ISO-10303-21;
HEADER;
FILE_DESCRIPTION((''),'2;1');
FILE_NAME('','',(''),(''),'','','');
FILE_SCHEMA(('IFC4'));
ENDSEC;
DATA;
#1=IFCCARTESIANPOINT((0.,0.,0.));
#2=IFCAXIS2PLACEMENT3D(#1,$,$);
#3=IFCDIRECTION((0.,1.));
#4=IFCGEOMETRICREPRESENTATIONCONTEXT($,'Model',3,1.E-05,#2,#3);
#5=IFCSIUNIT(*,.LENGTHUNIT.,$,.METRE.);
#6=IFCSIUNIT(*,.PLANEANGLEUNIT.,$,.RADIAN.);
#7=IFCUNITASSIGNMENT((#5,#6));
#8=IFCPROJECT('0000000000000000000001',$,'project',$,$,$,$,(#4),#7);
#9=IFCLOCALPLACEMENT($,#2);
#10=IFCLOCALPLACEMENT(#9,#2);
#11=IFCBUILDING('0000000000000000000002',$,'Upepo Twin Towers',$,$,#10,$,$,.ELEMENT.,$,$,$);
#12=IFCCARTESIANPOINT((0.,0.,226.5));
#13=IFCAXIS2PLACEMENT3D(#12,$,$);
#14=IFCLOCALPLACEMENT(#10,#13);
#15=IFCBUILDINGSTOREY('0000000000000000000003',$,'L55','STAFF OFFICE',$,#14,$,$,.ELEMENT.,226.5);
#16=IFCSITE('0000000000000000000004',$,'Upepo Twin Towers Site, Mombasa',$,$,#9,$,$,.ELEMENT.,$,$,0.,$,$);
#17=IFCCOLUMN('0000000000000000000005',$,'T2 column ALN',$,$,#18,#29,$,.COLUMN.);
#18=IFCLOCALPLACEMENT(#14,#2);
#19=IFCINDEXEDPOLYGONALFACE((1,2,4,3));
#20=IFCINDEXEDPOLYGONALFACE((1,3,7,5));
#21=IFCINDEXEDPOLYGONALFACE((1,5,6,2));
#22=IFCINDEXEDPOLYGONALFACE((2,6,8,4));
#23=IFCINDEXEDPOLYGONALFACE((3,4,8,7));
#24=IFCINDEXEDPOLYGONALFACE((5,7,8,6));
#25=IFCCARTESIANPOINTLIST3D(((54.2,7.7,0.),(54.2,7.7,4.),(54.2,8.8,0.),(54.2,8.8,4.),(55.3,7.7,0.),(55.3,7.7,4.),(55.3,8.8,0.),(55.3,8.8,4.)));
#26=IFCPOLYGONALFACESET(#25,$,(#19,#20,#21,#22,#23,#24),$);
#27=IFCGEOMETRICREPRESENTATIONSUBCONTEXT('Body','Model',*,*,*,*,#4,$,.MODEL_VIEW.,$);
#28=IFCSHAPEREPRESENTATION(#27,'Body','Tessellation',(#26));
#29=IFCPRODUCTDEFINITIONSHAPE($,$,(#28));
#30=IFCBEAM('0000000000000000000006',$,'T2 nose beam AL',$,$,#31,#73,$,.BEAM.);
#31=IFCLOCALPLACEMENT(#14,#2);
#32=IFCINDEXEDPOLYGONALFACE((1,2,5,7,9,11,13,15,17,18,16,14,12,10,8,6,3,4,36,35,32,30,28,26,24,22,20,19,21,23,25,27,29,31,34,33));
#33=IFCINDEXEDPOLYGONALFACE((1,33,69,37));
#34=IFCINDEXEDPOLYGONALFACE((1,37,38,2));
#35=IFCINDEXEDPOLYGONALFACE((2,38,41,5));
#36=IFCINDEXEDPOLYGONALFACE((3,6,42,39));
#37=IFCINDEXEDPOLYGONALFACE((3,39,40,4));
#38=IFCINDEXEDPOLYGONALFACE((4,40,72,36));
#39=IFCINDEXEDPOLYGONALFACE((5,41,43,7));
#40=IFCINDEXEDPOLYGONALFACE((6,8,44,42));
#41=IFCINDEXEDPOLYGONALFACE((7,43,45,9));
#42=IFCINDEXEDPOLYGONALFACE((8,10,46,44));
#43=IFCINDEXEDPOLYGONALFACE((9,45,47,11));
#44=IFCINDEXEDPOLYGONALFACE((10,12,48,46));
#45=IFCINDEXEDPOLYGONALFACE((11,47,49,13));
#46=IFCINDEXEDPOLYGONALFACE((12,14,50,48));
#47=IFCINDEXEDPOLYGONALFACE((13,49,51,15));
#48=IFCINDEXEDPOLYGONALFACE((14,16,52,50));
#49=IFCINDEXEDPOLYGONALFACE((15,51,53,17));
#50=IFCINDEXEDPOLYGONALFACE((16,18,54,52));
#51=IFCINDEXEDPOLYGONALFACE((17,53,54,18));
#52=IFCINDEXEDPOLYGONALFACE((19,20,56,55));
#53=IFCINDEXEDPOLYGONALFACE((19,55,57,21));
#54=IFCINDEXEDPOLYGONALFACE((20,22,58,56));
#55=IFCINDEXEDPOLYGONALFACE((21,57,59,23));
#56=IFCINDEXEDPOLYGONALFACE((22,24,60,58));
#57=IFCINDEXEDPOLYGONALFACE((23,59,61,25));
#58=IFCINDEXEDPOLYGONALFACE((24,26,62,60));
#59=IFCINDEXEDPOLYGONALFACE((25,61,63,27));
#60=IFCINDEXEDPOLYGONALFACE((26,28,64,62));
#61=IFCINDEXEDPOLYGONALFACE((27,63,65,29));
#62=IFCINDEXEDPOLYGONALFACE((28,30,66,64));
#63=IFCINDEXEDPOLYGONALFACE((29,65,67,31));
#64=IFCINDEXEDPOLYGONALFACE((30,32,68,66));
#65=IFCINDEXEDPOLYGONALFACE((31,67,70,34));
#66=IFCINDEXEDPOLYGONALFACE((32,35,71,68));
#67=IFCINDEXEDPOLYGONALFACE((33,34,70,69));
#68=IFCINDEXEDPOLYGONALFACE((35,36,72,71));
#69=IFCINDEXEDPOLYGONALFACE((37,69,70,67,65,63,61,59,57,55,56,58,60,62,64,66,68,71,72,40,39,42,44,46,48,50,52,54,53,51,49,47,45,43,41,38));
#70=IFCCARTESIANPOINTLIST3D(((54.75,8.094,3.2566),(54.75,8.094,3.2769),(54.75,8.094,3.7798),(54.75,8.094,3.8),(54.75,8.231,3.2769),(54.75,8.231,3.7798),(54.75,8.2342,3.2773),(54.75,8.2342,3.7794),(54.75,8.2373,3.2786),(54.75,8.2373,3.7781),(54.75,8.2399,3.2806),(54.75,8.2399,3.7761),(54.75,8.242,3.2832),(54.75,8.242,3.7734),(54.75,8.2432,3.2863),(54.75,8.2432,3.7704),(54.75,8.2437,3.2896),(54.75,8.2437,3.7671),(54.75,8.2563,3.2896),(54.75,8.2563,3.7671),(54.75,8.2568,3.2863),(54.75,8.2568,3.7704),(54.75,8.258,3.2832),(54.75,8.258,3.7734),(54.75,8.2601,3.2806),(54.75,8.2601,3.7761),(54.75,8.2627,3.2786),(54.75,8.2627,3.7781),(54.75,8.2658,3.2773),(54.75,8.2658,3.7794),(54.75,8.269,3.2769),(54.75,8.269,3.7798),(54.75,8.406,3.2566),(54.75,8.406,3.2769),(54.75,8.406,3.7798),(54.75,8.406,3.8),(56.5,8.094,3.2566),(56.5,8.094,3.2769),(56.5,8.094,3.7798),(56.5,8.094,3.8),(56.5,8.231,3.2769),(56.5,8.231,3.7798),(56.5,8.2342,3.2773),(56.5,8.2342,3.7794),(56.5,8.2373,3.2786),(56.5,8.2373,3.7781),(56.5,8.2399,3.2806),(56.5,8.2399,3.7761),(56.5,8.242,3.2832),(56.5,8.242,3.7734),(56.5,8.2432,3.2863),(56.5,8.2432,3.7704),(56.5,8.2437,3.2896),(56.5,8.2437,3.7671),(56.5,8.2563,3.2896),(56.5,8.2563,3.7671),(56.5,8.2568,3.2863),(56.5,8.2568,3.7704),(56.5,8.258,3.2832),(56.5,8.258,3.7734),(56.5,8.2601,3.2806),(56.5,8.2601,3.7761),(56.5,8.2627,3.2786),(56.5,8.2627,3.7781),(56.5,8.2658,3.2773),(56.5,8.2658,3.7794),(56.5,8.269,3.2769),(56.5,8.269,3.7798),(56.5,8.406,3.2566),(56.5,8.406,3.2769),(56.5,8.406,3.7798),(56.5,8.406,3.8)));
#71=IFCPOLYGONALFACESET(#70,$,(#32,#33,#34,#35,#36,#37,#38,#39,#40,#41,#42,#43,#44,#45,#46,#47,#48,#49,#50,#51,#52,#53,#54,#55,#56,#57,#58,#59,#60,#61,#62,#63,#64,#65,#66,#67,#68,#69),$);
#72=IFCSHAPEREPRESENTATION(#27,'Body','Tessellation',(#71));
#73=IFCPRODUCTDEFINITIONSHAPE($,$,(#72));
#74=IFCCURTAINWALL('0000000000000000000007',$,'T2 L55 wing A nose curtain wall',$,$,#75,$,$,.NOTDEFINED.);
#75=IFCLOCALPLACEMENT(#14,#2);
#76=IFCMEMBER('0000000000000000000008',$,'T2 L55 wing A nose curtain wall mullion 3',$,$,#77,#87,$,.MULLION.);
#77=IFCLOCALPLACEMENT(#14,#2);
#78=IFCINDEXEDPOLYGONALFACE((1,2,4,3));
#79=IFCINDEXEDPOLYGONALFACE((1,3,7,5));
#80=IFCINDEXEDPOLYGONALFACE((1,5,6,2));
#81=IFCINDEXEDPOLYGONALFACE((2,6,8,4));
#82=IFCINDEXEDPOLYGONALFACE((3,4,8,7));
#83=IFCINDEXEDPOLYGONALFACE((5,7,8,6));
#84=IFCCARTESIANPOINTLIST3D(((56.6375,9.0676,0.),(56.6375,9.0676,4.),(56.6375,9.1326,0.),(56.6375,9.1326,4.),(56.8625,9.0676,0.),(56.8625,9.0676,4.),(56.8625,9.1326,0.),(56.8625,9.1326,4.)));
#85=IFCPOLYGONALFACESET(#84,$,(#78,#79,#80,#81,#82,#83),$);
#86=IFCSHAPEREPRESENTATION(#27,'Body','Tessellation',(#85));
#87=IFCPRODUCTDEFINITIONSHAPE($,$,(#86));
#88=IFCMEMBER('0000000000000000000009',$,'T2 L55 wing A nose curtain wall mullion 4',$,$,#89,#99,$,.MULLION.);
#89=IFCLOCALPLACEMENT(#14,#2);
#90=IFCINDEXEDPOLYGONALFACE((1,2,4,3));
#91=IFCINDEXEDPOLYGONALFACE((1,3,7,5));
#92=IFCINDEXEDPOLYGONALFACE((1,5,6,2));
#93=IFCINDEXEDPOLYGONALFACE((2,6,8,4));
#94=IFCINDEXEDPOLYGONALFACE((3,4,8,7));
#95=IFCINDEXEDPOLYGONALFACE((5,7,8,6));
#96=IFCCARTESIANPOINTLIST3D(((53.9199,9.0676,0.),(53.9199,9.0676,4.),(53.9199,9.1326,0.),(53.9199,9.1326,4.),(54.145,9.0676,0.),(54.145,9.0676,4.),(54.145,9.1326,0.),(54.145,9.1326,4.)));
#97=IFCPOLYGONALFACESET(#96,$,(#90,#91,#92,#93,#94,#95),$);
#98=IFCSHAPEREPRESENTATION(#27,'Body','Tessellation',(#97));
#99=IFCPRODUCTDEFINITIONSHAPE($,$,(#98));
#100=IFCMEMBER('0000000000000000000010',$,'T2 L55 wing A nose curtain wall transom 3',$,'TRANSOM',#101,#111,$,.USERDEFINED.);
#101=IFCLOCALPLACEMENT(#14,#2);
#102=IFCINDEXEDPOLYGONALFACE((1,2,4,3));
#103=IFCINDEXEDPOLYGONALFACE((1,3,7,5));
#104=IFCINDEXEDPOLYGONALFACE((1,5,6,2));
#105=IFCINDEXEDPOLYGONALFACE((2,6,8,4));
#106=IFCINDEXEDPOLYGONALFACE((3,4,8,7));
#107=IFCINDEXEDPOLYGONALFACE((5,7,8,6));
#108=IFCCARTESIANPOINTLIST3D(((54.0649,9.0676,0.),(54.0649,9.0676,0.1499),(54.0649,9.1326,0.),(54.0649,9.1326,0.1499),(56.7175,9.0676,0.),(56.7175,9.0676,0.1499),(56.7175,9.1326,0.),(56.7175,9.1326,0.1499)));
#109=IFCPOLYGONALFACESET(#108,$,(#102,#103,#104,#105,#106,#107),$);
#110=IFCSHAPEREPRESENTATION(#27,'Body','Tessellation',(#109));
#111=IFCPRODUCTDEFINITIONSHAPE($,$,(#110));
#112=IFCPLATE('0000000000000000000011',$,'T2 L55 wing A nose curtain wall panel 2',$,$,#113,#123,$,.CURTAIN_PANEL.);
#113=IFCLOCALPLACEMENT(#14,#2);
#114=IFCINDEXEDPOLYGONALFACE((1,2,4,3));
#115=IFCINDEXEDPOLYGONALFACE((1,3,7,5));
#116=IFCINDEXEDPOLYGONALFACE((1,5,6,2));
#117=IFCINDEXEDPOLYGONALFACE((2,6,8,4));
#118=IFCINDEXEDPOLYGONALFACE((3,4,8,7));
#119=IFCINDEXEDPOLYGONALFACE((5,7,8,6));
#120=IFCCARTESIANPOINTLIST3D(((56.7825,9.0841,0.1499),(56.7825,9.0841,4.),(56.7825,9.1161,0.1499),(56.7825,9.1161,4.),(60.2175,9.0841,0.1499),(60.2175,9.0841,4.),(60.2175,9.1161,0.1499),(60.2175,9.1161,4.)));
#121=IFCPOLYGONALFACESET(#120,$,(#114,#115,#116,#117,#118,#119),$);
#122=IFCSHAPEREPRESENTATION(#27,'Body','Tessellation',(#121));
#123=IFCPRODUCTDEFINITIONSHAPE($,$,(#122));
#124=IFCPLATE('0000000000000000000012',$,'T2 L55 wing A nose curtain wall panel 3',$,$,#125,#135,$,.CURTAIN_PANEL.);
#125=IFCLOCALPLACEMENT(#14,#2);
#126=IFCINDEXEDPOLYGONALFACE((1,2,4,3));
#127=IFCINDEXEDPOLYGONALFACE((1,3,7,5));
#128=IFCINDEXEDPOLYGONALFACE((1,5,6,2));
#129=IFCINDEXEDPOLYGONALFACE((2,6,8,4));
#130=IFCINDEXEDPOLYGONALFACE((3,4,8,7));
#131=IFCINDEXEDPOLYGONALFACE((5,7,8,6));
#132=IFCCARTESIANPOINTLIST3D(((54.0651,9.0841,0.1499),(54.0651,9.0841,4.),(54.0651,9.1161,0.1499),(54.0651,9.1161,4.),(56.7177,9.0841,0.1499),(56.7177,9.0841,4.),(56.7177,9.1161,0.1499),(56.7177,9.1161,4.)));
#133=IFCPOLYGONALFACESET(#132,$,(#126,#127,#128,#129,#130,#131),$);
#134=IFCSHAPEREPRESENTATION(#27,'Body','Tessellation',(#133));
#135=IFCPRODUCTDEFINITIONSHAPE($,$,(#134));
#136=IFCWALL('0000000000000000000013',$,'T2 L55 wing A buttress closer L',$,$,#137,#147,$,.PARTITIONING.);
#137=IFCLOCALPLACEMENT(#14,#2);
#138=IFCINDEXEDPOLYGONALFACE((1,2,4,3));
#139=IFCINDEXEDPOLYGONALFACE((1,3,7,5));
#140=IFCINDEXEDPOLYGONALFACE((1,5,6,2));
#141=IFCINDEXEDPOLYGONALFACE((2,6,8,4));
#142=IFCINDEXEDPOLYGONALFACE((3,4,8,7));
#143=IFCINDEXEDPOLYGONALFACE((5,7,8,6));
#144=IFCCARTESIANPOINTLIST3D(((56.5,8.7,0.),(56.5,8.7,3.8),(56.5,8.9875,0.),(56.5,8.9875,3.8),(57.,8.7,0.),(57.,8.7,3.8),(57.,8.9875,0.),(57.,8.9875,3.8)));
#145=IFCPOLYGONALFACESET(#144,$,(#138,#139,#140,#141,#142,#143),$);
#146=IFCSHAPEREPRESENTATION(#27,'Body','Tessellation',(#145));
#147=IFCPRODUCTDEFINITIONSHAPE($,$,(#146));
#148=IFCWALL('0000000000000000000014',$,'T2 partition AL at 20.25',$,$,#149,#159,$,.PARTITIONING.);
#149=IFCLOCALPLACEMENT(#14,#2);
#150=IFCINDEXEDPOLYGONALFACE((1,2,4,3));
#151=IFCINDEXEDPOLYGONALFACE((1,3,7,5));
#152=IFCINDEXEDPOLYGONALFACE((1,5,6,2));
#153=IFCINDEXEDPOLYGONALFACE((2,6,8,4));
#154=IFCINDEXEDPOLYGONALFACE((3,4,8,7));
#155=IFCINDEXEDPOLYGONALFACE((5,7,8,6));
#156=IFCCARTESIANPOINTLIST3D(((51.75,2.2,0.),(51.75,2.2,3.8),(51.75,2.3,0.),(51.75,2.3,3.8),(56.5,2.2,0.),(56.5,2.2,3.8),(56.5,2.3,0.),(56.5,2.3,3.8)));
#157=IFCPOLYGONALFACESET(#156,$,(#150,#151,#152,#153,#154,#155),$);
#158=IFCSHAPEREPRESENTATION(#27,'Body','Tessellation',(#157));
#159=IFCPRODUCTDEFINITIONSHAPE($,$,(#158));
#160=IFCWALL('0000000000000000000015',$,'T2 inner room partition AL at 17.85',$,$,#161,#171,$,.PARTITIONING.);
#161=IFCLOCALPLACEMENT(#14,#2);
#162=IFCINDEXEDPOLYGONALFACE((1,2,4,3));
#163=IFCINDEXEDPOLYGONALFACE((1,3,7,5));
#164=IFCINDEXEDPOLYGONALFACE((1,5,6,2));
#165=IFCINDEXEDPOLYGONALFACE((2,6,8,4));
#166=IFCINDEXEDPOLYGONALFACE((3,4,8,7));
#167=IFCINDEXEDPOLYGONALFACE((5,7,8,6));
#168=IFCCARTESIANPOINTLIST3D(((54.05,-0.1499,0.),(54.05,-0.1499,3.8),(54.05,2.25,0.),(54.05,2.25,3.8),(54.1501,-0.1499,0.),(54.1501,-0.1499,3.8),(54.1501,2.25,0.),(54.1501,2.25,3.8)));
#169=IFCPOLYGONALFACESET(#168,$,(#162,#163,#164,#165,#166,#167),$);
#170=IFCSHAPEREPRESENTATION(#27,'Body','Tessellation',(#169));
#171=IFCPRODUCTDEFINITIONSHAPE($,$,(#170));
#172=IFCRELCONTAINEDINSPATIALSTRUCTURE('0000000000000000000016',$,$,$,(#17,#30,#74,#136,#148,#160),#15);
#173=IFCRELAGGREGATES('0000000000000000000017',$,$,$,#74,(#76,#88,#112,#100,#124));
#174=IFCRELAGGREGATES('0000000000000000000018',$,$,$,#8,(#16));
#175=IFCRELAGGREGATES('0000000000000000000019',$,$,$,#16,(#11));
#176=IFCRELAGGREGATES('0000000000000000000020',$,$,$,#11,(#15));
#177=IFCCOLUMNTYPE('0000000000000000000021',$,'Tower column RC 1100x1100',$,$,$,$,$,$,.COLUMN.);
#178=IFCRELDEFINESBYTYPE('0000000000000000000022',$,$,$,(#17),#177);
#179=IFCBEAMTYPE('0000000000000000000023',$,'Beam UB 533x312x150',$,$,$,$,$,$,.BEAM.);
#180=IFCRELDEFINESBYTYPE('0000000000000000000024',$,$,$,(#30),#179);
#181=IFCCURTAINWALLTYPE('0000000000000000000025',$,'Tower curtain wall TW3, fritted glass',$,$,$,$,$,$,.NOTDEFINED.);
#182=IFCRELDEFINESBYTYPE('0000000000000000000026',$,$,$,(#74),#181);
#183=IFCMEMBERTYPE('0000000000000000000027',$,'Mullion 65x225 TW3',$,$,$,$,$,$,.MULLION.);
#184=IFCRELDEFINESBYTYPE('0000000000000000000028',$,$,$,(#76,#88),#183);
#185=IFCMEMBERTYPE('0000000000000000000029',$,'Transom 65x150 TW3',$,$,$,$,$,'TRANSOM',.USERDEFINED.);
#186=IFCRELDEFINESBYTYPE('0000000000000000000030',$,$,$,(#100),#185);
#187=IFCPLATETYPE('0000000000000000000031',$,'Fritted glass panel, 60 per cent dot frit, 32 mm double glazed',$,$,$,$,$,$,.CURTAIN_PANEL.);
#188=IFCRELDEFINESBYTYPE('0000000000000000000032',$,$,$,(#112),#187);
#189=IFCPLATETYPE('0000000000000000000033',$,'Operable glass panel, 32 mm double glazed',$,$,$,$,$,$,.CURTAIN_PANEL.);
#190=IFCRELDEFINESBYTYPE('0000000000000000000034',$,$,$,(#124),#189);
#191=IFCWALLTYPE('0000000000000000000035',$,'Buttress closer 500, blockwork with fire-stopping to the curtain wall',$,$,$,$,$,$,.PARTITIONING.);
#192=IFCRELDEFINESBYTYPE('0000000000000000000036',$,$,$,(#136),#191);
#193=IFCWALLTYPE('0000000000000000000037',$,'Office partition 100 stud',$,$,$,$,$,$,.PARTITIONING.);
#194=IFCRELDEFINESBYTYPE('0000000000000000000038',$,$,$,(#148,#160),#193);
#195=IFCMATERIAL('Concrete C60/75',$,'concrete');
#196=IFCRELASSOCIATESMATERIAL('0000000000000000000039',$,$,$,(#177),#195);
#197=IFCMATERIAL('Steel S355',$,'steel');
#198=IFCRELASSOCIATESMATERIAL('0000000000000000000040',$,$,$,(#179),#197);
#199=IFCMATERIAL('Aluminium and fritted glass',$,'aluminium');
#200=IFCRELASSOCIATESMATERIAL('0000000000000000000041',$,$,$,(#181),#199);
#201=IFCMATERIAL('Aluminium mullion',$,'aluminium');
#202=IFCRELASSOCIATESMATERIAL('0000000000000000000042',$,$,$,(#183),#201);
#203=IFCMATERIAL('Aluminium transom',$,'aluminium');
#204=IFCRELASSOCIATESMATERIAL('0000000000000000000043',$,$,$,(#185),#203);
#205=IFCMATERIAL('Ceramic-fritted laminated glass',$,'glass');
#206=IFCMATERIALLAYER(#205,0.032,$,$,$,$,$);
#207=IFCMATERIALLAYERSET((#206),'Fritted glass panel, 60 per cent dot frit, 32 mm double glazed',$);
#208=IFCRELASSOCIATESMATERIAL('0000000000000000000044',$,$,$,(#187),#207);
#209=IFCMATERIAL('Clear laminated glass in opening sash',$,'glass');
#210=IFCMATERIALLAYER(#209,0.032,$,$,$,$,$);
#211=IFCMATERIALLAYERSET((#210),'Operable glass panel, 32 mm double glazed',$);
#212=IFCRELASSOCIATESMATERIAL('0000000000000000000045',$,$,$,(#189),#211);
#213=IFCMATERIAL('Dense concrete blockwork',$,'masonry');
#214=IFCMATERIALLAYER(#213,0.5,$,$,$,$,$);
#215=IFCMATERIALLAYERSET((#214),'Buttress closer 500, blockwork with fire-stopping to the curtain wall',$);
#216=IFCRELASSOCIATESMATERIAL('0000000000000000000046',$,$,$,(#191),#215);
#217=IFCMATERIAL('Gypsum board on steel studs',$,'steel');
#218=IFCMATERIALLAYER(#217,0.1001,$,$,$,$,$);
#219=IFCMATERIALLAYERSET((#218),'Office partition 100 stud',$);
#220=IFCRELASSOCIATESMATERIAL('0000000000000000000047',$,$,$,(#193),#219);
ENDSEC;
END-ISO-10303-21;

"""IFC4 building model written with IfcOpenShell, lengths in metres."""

from ifc_helpers import new_model, si_unit, direction, frame, frame_2d, origin, origin_2d, place, context, subcontext, project, spatial, rectangle, i_section, extrude, material, layer, layer_set, material_profile, profile_set, type_object, element, aggregate, save


model = new_model("IFC4")

# Units and contexts
model_context = context("Model", 3, precision=1e-05, world=origin(), true_north=direction((0.0, 1.0)))
body_context = subcontext(model_context, "Body", "Model", "MODEL_VIEW")
ifc_project = project(units=[si_unit("LENGTHUNIT", "METRE"), si_unit("PLANEANGLEUNIT", "RADIAN")], contexts=[model_context])

# Site, building, storey
site_placement = place(None, origin())
site = spatial("IfcSite", under=ifc_project, at=site_placement, Name="Upepo Twin Towers Site, Mombasa", CompositionType="ELEMENT", RefElevation=0.0)
building_placement = place(site_placement, origin())
building = spatial("IfcBuilding", under=site, at=building_placement, Name="Upepo Twin Towers", CompositionType="ELEMENT")
storey_placement = place(building_placement, frame((0.0, 0.0, 226.5)))
storey = spatial("IfcBuildingStorey", under=building, at=storey_placement, Name="L55", Description="STAFF OFFICE", CompositionType="ELEMENT", Elevation=226.5)

# Column
ifc_material_1 = material(Name="Concrete C60/75", Category="concrete")
ifc_material_profile_1 = material_profile(ifc_material_1, rectangle(XDim=1.1001, YDim=1.1001, at=origin_2d()), Name="RC 1100x1100")
ifc_profile_set_1 = profile_set([ifc_material_profile_1], Name="Concrete C60/75")
column_type = type_object("IfcColumnType", Name="Tower column RC 1100x1100", PredefinedType="COLUMN", material=ifc_profile_set_1)
column_placement = place(storey_placement, frame((54.75, 8.25, 0.0), z_axis=(0.0, 0.0, 1.0), x_axis=(1.0, 0.0, 0.0)))
element("IfcColumn", 1, at=column_placement, inside=storey, type_object=column_type, Name="T2 column ALN", PredefinedType="COLUMN", context=body_context, shape_type="SweptSolid", body=[
    extrude(rectangle(XDim=1.1001, YDim=1.1001, at=origin_2d()), origin(), (0.0, 0.0, 1.0), 4.0),
])

# Beam
ifc_material_2 = material(Name="Steel S355", Category="steel")
ifc_material_profile_2 = material_profile(ifc_material_2, i_section(OverallWidth=0.312, OverallDepth=0.5435, WebThickness=0.0127, FlangeThickness=0.0203, FilletRadius=0.0127, at=origin_2d()), Name="UB 533x312x150")
ifc_profile_set_2 = profile_set([ifc_material_profile_2], Name="Steel S355")
beam_type = type_object("IfcBeamType", Name="Beam UB 533x312x150", PredefinedType="BEAM", material=ifc_profile_set_2)
beam_placement = place(storey_placement, frame((54.75, 8.25, 3.5283), z_axis=(1.0, 0.0, 0.0), x_axis=(0.0, 1.0, 0.0)))
element("IfcBeam", 2, at=beam_placement, inside=storey, type_object=beam_type, Name="T2 nose beam AL", PredefinedType="BEAM", context=body_context, shape_type="SweptSolid", body=[
    extrude(i_section(OverallWidth=0.312, OverallDepth=0.5435, WebThickness=0.0127, FlangeThickness=0.0203, FilletRadius=0.0127, at=origin_2d()), origin(), (0.0, 0.0, 1.0), 1.75),
])

# Curtain wall, members, plates
ifc_material_3 = material(Name="Aluminium and fritted glass", Category="aluminium")
curtain_wall_type = type_object("IfcCurtainWallType", Name="Tower curtain wall TW3, fritted glass", PredefinedType="NOTDEFINED", material=ifc_material_3)
curtain_wall_placement = place(storey_placement, origin())
curtain_wall = element("IfcCurtainWall", 3, at=curtain_wall_placement, inside=storey, type_object=curtain_wall_type, Name="T2 L55 wing A nose curtain wall", PredefinedType="NOTDEFINED")
ifc_material_4 = material(Name="Aluminium mullion", Category="aluminium")
ifc_material_profile_3 = material_profile(ifc_material_4, rectangle(XDim=0.0649, YDim=0.2251, at=origin_2d()), Name="MULLION 65x225")
ifc_profile_set_3 = profile_set([ifc_material_profile_3], Name="Aluminium mullion")
member_type_1 = type_object("IfcMemberType", Name="Mullion 65x225 TW3", PredefinedType="MULLION", material=ifc_profile_set_3)
member_1_placement = place(storey_placement, frame((56.75, 9.1001, 0.0), z_axis=(0.0, 0.0, 1.0), x_axis=(0.0, -1.0, 0.0)))
member_1 = element("IfcMember", 4, at=member_1_placement, type_object=member_type_1, Name="T2 L55 wing A nose curtain wall mullion 3", PredefinedType="MULLION", context=body_context, shape_type="SweptSolid", body=[
    extrude(rectangle(XDim=0.0649, YDim=0.2251, at=origin_2d()), origin(), (0.0, 0.0, 1.0), 4.0),
])
member_2_placement = place(storey_placement, frame((54.0325, 9.1001, 0.0), z_axis=(0.0, 0.0, 1.0), x_axis=(0.0, -1.0, 0.0)))
member_2 = element("IfcMember", 5, at=member_2_placement, type_object=member_type_1, Name="T2 L55 wing A nose curtain wall mullion 4", PredefinedType="MULLION", context=body_context, shape_type="SweptSolid", body=[
    extrude(rectangle(XDim=0.0649, YDim=0.2251, at=origin_2d()), origin(), (0.0, 0.0, 1.0), 4.0),
])
ifc_material_5 = material(Name="Aluminium transom", Category="aluminium")
ifc_material_profile_4 = material_profile(ifc_material_5, rectangle(XDim=0.0649, YDim=0.1499, at=origin_2d()), Name="TRANSOM 65x150")
ifc_profile_set_4 = profile_set([ifc_material_profile_4], Name="Aluminium transom")
member_type_2 = type_object("IfcMemberType", Name="Transom 65x150 TW3", ElementType="TRANSOM", PredefinedType="USERDEFINED", material=ifc_profile_set_4)
member_3_placement = place(storey_placement, frame((56.7175, 9.1001, 0.075), z_axis=(-1.0, 0.0, 0.0), x_axis=(0.0, -1.0, 0.0)))
member_3 = element("IfcMember", 6, at=member_3_placement, type_object=member_type_2, Name="T2 L55 wing A nose curtain wall transom 3", ObjectType="TRANSOM", PredefinedType="USERDEFINED", context=body_context, shape_type="SweptSolid", body=[
    extrude(rectangle(XDim=0.0649, YDim=0.1499, at=origin_2d()), origin(), (0.0, 0.0, 1.0), 2.6526),
])
ifc_material_6 = material(Name="Ceramic-fritted laminated glass", Category="glass")
ifc_layer_1 = layer(ifc_material_6, 0.032)
ifc_layer_set_1 = layer_set([ifc_layer_1], Name="Fritted glass panel, 60 per cent dot frit, 32 mm double glazed")
plate_type_1 = type_object("IfcPlateType", Name="Fritted glass panel, 60 per cent dot frit, 32 mm double glazed", PredefinedType="CURTAIN_PANEL", material=ifc_layer_set_1)
plate_1_placement = place(storey_placement, frame((58.5, 9.1001, 0.1499), z_axis=(0.0, 0.0, 1.0), x_axis=(-1.0, 0.0, 0.0)))
plate_1 = element("IfcPlate", 7, at=plate_1_placement, type_object=plate_type_1, Name="T2 L55 wing A nose curtain wall panel 2", PredefinedType="CURTAIN_PANEL", context=body_context, shape_type="SweptSolid", body=[
    extrude(rectangle(XDim=3.4351, YDim=0.032, at=origin_2d()), origin(), (0.0, 0.0, 1.0), 3.8501),
])
ifc_material_7 = material(Name="Clear laminated glass in opening sash", Category="glass")
ifc_layer_2 = layer(ifc_material_7, 0.032)
ifc_layer_set_2 = layer_set([ifc_layer_2], Name="Operable glass panel, 32 mm double glazed")
plate_type_2 = type_object("IfcPlateType", Name="Operable glass panel, 32 mm double glazed", PredefinedType="CURTAIN_PANEL", material=ifc_layer_set_2)
plate_2_placement = place(storey_placement, frame((55.3914, 9.1001, 0.1499), z_axis=(0.0, 0.0, 1.0), x_axis=(-1.0, 0.0, 0.0)))
plate_2 = element("IfcPlate", 8, at=plate_2_placement, type_object=plate_type_2, Name="T2 L55 wing A nose curtain wall panel 3", PredefinedType="CURTAIN_PANEL", context=body_context, shape_type="SweptSolid", body=[
    extrude(rectangle(XDim=2.6526, YDim=0.032, at=origin_2d()), origin(), (0.0, 0.0, 1.0), 3.8501),
])
aggregate(curtain_wall, [member_1, member_2, plate_1, member_3, plate_2])

# Walls
ifc_material_8 = material(Name="Dense concrete blockwork", Category="masonry")
ifc_layer_3 = layer(ifc_material_8, 0.5)
ifc_layer_set_3 = layer_set([ifc_layer_3], Name="Buttress closer 500, blockwork with fire-stopping to the curtain wall")
wall_type_1 = type_object("IfcWallType", Name="Buttress closer 500, blockwork with fire-stopping to the curtain wall", PredefinedType="PARTITIONING", material=ifc_layer_set_3)
wall_1_placement = place(storey_placement, frame((56.75, 8.7, 0.0), z_axis=(0.0, 0.0, 1.0), x_axis=(0.0, 1.0, 0.0)))
element("IfcWall", 9, at=wall_1_placement, inside=storey, type_object=wall_type_1, Name="T2 L55 wing A buttress closer L", PredefinedType="PARTITIONING", context=body_context, shape_type="SweptSolid", body=[
    extrude(rectangle(XDim=0.2876, YDim=0.5, at=frame_2d((0.1438, 0.0))), origin(), (0.0, 0.0, 1.0), 3.8),
])
ifc_material_9 = material(Name="Gypsum board on steel studs", Category="steel")
ifc_layer_4 = layer(ifc_material_9, 0.1001)
ifc_layer_set_4 = layer_set([ifc_layer_4], Name="Office partition 100 stud")
wall_type_2 = type_object("IfcWallType", Name="Office partition 100 stud", PredefinedType="PARTITIONING", material=ifc_layer_set_4)
wall_2_placement = place(storey_placement, frame((56.5, 2.25, 0.0), z_axis=(0.0, 0.0, 1.0), x_axis=(-1.0, 0.0, 0.0)))
element("IfcWall", 10, at=wall_2_placement, inside=storey, type_object=wall_type_2, Name="T2 partition AL at 20.25", PredefinedType="PARTITIONING", context=body_context, shape_type="SweptSolid", body=[
    extrude(rectangle(XDim=4.75, YDim=0.1001, at=frame_2d((2.375, 0.0))), origin(), (0.0, 0.0, 1.0), 3.8),
])
wall_3_placement = place(storey_placement, frame((54.1001, -0.1499, 0.0), z_axis=(0.0, 0.0, 1.0), x_axis=(0.0, 1.0, 0.0)))
element("IfcWall", 11, at=wall_3_placement, inside=storey, type_object=wall_type_2, Name="T2 inner room partition AL at 17.85", PredefinedType="PARTITIONING", context=body_context, shape_type="SweptSolid", body=[
    extrude(rectangle(XDim=2.3999, YDim=0.1001, at=frame_2d((1.2, 0.0))), origin(), (0.0, 0.0, 1.0), 3.8),
])

save(model, "model.ifc")
